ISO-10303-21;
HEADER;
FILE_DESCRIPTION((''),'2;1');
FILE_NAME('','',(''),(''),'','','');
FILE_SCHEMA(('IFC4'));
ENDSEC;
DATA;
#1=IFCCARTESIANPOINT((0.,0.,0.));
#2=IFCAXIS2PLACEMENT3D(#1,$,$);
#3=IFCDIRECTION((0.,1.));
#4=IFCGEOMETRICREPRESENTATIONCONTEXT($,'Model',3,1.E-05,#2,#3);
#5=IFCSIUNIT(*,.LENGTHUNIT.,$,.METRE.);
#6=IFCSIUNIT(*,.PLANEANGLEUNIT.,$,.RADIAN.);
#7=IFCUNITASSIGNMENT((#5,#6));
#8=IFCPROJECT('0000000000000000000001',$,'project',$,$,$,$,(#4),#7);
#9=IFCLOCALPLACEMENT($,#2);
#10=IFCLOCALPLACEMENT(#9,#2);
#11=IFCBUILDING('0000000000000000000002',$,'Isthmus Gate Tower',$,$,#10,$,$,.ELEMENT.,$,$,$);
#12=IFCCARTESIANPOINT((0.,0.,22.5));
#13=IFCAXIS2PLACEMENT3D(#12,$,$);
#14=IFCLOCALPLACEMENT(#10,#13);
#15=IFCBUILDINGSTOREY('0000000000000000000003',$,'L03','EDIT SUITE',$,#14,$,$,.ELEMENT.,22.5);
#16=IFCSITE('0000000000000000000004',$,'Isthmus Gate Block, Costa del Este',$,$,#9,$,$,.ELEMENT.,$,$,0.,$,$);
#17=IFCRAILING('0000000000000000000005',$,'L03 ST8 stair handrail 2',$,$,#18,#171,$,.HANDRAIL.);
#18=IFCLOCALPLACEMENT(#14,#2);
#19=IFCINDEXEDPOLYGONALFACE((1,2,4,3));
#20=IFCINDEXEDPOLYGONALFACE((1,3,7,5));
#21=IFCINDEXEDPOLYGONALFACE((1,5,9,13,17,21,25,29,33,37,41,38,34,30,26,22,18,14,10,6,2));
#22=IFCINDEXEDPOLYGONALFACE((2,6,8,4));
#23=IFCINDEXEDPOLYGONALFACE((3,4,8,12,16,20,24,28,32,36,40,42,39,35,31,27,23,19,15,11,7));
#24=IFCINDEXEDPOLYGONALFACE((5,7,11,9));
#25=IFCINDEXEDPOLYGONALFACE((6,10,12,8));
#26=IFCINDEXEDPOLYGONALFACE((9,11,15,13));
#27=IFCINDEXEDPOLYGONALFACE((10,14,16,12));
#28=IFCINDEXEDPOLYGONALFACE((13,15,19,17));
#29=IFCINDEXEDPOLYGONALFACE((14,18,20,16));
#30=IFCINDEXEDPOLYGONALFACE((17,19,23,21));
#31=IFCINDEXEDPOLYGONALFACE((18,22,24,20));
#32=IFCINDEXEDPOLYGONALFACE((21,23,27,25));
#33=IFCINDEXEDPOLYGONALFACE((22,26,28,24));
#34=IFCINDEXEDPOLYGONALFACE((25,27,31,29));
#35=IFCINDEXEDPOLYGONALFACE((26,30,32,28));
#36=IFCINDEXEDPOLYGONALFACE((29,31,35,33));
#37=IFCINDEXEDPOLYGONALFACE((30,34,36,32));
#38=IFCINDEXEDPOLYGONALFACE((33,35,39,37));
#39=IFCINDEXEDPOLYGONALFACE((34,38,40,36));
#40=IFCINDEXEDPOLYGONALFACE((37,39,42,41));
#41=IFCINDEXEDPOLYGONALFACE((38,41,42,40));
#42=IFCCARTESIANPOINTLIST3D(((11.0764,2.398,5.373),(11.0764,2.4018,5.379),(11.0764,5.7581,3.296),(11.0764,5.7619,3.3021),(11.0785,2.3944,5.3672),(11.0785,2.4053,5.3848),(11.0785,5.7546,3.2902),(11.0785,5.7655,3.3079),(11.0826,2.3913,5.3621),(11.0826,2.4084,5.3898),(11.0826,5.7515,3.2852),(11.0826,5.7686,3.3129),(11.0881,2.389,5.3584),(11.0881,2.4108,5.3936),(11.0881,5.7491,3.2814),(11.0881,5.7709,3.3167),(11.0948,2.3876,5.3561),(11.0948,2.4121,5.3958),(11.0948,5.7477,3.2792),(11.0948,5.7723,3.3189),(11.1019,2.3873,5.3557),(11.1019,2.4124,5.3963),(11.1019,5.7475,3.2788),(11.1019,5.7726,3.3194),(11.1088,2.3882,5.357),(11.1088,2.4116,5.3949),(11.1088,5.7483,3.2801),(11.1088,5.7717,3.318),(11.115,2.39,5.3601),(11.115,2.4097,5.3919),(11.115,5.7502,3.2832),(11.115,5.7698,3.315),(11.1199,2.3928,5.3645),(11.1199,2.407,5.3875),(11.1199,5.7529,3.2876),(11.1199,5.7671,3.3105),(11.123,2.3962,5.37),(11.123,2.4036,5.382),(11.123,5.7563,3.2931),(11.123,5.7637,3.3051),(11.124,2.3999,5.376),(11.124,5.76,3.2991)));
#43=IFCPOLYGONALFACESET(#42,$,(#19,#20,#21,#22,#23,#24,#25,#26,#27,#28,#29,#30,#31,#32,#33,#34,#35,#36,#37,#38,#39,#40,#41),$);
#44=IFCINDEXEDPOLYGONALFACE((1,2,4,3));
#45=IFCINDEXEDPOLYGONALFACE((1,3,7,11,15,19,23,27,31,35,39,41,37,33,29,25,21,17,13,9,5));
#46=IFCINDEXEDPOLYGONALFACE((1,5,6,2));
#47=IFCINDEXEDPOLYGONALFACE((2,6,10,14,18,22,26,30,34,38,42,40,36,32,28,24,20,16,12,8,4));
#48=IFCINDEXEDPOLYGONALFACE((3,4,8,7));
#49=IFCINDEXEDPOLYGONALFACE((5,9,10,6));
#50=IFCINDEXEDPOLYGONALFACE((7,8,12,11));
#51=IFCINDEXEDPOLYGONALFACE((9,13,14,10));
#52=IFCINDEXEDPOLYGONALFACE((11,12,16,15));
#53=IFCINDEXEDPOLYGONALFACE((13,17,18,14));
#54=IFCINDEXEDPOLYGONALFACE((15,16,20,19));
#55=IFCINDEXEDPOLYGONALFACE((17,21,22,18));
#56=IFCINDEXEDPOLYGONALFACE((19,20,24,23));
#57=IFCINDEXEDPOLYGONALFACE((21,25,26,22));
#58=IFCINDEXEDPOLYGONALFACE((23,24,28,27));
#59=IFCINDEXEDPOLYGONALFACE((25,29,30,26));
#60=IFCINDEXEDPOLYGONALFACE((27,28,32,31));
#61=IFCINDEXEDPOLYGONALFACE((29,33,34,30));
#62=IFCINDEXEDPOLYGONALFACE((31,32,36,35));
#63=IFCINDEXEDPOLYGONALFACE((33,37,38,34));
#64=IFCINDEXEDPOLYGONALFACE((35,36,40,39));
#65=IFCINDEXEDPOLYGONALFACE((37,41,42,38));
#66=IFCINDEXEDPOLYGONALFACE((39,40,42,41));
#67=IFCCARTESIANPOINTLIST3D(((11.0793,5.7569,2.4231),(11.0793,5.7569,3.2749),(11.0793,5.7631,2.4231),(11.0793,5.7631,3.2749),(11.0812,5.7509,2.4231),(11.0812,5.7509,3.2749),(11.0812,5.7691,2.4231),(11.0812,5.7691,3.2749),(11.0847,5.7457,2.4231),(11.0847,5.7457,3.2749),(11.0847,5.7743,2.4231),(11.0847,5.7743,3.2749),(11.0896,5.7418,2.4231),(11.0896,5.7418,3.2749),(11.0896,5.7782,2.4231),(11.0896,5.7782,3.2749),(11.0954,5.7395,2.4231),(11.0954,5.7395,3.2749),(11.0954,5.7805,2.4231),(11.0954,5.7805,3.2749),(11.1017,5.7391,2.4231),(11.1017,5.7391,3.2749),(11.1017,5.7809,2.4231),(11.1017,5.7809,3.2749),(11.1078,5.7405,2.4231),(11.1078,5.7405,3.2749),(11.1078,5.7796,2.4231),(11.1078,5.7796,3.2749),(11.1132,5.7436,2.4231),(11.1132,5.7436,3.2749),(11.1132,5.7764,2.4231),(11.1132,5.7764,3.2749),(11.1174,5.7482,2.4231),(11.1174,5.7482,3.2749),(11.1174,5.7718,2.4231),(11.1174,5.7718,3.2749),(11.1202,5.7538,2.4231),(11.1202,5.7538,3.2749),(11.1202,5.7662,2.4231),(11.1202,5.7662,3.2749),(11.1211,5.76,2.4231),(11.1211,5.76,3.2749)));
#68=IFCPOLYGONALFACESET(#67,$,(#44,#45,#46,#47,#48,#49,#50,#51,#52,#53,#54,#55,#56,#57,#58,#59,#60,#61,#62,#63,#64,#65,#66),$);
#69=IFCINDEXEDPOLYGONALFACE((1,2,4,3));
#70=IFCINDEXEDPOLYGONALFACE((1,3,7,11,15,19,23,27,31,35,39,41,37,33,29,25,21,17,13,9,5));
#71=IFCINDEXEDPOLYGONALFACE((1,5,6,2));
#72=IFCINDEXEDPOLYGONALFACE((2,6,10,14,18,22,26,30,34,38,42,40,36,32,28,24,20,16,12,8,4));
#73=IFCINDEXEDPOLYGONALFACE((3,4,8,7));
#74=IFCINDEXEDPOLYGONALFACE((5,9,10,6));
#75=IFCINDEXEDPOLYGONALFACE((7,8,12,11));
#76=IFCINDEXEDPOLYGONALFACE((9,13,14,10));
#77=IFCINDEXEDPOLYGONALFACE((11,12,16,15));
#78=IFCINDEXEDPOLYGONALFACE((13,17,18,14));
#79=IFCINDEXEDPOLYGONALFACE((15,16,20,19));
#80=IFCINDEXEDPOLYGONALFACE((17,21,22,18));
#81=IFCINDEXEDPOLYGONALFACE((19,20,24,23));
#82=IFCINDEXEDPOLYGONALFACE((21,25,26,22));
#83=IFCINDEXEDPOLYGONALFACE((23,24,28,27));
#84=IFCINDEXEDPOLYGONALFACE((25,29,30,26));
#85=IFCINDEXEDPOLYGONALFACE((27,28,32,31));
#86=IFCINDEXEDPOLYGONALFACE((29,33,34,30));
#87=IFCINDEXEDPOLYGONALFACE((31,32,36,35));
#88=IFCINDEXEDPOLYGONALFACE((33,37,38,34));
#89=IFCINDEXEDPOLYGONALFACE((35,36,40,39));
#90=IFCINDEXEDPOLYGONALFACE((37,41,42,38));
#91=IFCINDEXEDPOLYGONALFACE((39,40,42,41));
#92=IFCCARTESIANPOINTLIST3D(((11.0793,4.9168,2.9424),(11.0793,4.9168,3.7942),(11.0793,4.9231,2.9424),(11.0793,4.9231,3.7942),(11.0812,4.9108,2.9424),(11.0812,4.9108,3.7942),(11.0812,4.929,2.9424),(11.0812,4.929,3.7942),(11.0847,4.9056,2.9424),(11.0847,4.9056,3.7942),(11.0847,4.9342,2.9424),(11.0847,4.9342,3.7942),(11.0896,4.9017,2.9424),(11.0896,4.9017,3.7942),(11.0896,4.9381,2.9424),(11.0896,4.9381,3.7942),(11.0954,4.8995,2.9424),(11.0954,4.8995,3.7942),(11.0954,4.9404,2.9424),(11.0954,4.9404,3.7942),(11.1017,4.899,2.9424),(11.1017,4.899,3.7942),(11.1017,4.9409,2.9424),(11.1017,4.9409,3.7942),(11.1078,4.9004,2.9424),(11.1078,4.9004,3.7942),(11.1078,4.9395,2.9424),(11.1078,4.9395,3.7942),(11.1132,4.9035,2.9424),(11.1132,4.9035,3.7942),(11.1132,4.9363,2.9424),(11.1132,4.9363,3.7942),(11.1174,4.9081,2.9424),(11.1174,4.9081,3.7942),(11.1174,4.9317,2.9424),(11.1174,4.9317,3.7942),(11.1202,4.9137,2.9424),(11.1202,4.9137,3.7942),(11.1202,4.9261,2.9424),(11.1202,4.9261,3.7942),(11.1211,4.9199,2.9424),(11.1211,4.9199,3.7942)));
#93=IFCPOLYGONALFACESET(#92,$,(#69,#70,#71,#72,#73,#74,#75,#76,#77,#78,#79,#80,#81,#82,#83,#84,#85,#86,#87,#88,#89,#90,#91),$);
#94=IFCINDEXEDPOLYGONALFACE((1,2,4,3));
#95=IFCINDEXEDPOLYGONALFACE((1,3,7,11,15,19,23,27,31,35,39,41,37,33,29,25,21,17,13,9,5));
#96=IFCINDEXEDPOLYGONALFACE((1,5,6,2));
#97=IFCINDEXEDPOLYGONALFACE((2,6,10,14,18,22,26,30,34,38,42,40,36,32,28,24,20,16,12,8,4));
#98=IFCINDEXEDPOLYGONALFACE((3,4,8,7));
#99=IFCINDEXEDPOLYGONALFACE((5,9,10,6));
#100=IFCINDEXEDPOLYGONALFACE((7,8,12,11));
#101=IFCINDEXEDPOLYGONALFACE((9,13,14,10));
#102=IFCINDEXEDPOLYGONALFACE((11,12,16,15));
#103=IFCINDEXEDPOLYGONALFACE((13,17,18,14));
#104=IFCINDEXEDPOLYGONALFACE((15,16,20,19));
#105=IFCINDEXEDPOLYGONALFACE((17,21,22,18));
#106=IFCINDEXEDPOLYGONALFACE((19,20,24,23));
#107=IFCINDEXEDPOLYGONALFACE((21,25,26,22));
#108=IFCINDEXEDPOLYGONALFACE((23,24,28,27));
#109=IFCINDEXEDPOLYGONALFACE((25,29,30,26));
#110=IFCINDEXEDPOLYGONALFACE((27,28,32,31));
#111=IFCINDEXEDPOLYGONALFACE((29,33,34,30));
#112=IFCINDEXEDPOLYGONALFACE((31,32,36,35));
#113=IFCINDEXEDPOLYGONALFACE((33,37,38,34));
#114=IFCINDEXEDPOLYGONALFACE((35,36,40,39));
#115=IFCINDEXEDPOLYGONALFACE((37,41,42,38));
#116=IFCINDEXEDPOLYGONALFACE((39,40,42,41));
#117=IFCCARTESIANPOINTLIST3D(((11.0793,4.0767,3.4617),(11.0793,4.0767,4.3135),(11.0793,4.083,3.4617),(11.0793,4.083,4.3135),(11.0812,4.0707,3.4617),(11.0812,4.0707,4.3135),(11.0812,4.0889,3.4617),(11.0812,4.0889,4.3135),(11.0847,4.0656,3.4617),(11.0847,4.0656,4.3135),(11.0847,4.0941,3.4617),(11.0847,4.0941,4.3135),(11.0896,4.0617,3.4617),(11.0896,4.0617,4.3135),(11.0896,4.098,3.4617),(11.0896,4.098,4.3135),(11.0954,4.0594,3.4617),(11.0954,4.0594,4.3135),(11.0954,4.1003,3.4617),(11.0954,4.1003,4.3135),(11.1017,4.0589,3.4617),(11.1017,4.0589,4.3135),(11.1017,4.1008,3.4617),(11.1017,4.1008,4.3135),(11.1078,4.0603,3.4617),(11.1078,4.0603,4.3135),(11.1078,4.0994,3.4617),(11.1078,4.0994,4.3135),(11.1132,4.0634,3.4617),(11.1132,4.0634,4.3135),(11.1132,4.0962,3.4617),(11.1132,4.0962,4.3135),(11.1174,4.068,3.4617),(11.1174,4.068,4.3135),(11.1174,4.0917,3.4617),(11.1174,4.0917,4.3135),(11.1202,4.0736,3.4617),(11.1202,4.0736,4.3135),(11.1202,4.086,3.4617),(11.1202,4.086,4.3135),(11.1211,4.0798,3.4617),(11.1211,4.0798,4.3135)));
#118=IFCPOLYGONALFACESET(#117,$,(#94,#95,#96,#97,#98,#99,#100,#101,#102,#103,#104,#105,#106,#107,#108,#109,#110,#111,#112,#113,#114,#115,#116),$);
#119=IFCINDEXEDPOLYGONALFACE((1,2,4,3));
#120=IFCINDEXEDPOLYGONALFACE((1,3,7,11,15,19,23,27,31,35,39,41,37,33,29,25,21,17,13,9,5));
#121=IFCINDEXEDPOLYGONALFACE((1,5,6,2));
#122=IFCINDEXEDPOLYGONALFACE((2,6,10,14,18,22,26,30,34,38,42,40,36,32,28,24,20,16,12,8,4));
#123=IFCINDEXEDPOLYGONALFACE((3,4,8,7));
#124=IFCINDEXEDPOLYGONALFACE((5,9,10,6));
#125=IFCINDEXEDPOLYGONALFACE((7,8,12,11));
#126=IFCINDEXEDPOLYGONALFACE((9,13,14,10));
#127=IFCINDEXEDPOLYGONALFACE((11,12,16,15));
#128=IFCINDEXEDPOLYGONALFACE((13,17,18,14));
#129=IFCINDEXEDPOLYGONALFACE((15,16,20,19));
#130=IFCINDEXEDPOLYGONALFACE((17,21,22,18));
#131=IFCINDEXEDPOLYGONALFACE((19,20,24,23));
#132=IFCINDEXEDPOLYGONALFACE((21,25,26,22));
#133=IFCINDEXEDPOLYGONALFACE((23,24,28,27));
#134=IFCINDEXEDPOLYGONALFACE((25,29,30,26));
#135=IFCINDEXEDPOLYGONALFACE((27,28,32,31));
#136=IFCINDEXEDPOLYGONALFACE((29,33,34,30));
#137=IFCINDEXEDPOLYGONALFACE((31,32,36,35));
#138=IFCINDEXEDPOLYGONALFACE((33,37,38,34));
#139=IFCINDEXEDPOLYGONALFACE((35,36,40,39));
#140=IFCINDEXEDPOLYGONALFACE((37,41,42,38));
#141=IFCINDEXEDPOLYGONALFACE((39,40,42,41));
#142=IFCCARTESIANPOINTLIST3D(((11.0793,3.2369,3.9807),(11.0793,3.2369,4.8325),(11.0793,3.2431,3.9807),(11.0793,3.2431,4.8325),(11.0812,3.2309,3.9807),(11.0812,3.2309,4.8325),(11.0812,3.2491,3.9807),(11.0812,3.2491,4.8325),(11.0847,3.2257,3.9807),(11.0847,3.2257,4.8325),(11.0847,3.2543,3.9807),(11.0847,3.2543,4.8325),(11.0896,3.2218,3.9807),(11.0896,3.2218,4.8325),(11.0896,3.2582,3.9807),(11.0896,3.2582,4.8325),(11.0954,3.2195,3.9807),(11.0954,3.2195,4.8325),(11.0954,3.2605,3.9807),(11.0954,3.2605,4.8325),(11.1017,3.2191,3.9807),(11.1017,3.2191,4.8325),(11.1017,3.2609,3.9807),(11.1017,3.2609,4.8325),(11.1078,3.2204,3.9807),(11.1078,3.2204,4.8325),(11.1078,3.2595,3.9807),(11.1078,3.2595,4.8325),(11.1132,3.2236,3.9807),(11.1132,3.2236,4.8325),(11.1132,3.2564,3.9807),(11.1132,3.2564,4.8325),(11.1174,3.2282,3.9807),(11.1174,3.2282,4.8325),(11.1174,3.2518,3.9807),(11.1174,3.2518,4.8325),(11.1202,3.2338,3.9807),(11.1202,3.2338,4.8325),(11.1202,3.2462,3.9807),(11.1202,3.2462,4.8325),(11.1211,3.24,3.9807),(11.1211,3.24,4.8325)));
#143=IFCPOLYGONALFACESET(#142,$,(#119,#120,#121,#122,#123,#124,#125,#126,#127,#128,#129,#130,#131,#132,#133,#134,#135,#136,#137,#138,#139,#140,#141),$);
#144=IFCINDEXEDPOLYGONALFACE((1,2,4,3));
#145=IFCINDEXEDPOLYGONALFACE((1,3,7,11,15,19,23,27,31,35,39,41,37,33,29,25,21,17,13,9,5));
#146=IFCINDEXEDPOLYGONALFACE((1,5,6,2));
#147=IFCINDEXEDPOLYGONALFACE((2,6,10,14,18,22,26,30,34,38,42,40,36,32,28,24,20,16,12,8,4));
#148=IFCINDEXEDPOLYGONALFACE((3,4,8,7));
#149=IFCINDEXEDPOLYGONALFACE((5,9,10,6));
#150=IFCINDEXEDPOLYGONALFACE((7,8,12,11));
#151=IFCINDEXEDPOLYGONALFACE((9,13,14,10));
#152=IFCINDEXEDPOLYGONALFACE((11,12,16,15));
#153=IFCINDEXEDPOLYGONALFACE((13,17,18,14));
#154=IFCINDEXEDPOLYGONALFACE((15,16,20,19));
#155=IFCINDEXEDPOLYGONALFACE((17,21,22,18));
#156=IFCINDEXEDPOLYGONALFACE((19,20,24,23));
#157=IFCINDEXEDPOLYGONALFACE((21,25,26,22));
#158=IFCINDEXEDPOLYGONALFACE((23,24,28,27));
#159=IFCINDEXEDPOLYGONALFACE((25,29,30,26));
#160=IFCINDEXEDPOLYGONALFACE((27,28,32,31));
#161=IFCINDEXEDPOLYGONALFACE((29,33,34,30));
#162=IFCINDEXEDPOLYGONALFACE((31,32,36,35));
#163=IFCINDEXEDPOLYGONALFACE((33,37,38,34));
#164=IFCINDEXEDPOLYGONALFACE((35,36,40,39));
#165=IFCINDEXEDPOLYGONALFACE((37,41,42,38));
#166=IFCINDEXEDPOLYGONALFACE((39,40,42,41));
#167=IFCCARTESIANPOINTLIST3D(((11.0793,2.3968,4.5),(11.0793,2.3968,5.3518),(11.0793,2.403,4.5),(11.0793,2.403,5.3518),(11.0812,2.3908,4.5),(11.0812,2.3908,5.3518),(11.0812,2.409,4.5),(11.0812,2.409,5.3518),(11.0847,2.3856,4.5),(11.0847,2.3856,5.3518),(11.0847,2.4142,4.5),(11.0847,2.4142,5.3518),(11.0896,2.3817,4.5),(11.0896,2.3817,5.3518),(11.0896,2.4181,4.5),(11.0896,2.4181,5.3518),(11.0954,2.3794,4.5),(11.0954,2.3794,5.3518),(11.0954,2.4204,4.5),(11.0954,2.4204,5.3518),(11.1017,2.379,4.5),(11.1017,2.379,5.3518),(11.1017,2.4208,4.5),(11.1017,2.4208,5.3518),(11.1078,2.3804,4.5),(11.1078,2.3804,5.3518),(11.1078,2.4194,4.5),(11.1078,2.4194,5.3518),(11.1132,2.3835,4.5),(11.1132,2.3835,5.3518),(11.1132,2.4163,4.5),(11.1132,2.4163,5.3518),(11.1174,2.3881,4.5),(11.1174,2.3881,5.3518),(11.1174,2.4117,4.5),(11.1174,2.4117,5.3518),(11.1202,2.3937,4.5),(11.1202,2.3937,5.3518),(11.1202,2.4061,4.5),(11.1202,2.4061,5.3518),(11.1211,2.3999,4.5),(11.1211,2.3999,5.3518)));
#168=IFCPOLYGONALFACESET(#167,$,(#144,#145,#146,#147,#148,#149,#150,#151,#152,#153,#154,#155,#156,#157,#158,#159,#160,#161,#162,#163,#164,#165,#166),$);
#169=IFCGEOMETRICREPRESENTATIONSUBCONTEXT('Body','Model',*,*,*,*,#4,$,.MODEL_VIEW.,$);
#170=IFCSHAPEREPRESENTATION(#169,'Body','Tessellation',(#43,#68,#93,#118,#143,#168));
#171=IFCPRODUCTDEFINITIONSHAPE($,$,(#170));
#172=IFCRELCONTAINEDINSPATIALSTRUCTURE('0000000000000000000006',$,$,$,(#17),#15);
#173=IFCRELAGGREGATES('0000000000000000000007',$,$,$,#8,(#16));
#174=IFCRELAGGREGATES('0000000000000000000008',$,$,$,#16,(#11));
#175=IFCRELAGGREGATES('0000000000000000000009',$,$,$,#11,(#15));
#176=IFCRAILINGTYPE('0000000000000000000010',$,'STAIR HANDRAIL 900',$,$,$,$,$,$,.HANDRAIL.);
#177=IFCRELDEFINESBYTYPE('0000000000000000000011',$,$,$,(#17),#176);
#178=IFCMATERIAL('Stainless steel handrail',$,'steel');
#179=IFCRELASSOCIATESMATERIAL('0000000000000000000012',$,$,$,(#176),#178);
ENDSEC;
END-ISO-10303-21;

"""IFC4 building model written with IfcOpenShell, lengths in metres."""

from ifc_helpers import new_model, si_unit, direction, frame, origin, origin_2d, place, context, subcontext, project, spatial, circle, extrude, material, type_object, element, save


model = new_model("IFC4")

# Units and contexts
model_context = context("Model", 3, precision=1e-05, world=origin(), true_north=direction((0.0, 1.0)))
body_context = subcontext(model_context, "Body", "Model", "MODEL_VIEW")
ifc_project = project(units=[si_unit("LENGTHUNIT", "METRE"), si_unit("PLANEANGLEUNIT", "RADIAN")], contexts=[model_context])

# Site, building, storey
site_placement = place(None, origin())
site = spatial("IfcSite", under=ifc_project, at=site_placement, Name="Isthmus Gate Block, Costa del Este", CompositionType="ELEMENT", RefElevation=0.0)
building_placement = place(site_placement, origin())
building = spatial("IfcBuilding", under=site, at=building_placement, Name="Isthmus Gate Tower", CompositionType="ELEMENT")
storey_placement = place(building_placement, frame((0.0, 0.0, 22.5)))
storey = spatial("IfcBuildingStorey", under=building, at=storey_placement, Name="L03", Description="EDIT SUITE", CompositionType="ELEMENT", Elevation=22.5)

# Railing
ifc_material_1 = material(Name="Stainless steel handrail", Category="steel")
railing_type = type_object("IfcRailingType", Name="STAIR HANDRAIL 900", PredefinedType="HANDRAIL", material=ifc_material_1)
for number, where, name in (
    (1, (11.1001, 5.76, 2.4231), "L03 ST8 stair handrail 2"),
):
    element("IfcRailing", number, at=place(storey_placement, frame(where)), inside=storey, type_object=railing_type, Name=name, PredefinedType="HANDRAIL", context=body_context, shape_type="SweptSolid", body=[
        extrude(circle(Radius=0.0239, at=origin_2d()), frame((0.0, 0.0, 0.876), z_axis=(0.0, -0.850623, 0.525776), x_axis=(1.0, 0.0, 0.0)), (0.0, 0.0, 1.0), 3.9502),
        extrude(circle(Radius=0.021, at=origin_2d()), origin(), (0.0, 0.0, 1.0), 0.8518),
        extrude(circle(Radius=0.021, at=origin_2d()), frame((0.0, -0.8401, 0.5193)), (0.0, 0.0, 1.0), 0.8518),
        extrude(circle(Radius=0.021, at=origin_2d()), frame((0.0, -1.6802, 1.0386)), (0.0, 0.0, 1.0), 0.8518),
        extrude(circle(Radius=0.021, at=origin_2d()), frame((0.0, -2.52, 1.5576)), (0.0, 0.0, 1.0), 0.8518),
        extrude(circle(Radius=0.021, at=origin_2d()), frame((0.0, -3.3601, 2.0769)), (0.0, 0.0, 1.0), 0.8518),
    ])

save(model, "model.ifc")
